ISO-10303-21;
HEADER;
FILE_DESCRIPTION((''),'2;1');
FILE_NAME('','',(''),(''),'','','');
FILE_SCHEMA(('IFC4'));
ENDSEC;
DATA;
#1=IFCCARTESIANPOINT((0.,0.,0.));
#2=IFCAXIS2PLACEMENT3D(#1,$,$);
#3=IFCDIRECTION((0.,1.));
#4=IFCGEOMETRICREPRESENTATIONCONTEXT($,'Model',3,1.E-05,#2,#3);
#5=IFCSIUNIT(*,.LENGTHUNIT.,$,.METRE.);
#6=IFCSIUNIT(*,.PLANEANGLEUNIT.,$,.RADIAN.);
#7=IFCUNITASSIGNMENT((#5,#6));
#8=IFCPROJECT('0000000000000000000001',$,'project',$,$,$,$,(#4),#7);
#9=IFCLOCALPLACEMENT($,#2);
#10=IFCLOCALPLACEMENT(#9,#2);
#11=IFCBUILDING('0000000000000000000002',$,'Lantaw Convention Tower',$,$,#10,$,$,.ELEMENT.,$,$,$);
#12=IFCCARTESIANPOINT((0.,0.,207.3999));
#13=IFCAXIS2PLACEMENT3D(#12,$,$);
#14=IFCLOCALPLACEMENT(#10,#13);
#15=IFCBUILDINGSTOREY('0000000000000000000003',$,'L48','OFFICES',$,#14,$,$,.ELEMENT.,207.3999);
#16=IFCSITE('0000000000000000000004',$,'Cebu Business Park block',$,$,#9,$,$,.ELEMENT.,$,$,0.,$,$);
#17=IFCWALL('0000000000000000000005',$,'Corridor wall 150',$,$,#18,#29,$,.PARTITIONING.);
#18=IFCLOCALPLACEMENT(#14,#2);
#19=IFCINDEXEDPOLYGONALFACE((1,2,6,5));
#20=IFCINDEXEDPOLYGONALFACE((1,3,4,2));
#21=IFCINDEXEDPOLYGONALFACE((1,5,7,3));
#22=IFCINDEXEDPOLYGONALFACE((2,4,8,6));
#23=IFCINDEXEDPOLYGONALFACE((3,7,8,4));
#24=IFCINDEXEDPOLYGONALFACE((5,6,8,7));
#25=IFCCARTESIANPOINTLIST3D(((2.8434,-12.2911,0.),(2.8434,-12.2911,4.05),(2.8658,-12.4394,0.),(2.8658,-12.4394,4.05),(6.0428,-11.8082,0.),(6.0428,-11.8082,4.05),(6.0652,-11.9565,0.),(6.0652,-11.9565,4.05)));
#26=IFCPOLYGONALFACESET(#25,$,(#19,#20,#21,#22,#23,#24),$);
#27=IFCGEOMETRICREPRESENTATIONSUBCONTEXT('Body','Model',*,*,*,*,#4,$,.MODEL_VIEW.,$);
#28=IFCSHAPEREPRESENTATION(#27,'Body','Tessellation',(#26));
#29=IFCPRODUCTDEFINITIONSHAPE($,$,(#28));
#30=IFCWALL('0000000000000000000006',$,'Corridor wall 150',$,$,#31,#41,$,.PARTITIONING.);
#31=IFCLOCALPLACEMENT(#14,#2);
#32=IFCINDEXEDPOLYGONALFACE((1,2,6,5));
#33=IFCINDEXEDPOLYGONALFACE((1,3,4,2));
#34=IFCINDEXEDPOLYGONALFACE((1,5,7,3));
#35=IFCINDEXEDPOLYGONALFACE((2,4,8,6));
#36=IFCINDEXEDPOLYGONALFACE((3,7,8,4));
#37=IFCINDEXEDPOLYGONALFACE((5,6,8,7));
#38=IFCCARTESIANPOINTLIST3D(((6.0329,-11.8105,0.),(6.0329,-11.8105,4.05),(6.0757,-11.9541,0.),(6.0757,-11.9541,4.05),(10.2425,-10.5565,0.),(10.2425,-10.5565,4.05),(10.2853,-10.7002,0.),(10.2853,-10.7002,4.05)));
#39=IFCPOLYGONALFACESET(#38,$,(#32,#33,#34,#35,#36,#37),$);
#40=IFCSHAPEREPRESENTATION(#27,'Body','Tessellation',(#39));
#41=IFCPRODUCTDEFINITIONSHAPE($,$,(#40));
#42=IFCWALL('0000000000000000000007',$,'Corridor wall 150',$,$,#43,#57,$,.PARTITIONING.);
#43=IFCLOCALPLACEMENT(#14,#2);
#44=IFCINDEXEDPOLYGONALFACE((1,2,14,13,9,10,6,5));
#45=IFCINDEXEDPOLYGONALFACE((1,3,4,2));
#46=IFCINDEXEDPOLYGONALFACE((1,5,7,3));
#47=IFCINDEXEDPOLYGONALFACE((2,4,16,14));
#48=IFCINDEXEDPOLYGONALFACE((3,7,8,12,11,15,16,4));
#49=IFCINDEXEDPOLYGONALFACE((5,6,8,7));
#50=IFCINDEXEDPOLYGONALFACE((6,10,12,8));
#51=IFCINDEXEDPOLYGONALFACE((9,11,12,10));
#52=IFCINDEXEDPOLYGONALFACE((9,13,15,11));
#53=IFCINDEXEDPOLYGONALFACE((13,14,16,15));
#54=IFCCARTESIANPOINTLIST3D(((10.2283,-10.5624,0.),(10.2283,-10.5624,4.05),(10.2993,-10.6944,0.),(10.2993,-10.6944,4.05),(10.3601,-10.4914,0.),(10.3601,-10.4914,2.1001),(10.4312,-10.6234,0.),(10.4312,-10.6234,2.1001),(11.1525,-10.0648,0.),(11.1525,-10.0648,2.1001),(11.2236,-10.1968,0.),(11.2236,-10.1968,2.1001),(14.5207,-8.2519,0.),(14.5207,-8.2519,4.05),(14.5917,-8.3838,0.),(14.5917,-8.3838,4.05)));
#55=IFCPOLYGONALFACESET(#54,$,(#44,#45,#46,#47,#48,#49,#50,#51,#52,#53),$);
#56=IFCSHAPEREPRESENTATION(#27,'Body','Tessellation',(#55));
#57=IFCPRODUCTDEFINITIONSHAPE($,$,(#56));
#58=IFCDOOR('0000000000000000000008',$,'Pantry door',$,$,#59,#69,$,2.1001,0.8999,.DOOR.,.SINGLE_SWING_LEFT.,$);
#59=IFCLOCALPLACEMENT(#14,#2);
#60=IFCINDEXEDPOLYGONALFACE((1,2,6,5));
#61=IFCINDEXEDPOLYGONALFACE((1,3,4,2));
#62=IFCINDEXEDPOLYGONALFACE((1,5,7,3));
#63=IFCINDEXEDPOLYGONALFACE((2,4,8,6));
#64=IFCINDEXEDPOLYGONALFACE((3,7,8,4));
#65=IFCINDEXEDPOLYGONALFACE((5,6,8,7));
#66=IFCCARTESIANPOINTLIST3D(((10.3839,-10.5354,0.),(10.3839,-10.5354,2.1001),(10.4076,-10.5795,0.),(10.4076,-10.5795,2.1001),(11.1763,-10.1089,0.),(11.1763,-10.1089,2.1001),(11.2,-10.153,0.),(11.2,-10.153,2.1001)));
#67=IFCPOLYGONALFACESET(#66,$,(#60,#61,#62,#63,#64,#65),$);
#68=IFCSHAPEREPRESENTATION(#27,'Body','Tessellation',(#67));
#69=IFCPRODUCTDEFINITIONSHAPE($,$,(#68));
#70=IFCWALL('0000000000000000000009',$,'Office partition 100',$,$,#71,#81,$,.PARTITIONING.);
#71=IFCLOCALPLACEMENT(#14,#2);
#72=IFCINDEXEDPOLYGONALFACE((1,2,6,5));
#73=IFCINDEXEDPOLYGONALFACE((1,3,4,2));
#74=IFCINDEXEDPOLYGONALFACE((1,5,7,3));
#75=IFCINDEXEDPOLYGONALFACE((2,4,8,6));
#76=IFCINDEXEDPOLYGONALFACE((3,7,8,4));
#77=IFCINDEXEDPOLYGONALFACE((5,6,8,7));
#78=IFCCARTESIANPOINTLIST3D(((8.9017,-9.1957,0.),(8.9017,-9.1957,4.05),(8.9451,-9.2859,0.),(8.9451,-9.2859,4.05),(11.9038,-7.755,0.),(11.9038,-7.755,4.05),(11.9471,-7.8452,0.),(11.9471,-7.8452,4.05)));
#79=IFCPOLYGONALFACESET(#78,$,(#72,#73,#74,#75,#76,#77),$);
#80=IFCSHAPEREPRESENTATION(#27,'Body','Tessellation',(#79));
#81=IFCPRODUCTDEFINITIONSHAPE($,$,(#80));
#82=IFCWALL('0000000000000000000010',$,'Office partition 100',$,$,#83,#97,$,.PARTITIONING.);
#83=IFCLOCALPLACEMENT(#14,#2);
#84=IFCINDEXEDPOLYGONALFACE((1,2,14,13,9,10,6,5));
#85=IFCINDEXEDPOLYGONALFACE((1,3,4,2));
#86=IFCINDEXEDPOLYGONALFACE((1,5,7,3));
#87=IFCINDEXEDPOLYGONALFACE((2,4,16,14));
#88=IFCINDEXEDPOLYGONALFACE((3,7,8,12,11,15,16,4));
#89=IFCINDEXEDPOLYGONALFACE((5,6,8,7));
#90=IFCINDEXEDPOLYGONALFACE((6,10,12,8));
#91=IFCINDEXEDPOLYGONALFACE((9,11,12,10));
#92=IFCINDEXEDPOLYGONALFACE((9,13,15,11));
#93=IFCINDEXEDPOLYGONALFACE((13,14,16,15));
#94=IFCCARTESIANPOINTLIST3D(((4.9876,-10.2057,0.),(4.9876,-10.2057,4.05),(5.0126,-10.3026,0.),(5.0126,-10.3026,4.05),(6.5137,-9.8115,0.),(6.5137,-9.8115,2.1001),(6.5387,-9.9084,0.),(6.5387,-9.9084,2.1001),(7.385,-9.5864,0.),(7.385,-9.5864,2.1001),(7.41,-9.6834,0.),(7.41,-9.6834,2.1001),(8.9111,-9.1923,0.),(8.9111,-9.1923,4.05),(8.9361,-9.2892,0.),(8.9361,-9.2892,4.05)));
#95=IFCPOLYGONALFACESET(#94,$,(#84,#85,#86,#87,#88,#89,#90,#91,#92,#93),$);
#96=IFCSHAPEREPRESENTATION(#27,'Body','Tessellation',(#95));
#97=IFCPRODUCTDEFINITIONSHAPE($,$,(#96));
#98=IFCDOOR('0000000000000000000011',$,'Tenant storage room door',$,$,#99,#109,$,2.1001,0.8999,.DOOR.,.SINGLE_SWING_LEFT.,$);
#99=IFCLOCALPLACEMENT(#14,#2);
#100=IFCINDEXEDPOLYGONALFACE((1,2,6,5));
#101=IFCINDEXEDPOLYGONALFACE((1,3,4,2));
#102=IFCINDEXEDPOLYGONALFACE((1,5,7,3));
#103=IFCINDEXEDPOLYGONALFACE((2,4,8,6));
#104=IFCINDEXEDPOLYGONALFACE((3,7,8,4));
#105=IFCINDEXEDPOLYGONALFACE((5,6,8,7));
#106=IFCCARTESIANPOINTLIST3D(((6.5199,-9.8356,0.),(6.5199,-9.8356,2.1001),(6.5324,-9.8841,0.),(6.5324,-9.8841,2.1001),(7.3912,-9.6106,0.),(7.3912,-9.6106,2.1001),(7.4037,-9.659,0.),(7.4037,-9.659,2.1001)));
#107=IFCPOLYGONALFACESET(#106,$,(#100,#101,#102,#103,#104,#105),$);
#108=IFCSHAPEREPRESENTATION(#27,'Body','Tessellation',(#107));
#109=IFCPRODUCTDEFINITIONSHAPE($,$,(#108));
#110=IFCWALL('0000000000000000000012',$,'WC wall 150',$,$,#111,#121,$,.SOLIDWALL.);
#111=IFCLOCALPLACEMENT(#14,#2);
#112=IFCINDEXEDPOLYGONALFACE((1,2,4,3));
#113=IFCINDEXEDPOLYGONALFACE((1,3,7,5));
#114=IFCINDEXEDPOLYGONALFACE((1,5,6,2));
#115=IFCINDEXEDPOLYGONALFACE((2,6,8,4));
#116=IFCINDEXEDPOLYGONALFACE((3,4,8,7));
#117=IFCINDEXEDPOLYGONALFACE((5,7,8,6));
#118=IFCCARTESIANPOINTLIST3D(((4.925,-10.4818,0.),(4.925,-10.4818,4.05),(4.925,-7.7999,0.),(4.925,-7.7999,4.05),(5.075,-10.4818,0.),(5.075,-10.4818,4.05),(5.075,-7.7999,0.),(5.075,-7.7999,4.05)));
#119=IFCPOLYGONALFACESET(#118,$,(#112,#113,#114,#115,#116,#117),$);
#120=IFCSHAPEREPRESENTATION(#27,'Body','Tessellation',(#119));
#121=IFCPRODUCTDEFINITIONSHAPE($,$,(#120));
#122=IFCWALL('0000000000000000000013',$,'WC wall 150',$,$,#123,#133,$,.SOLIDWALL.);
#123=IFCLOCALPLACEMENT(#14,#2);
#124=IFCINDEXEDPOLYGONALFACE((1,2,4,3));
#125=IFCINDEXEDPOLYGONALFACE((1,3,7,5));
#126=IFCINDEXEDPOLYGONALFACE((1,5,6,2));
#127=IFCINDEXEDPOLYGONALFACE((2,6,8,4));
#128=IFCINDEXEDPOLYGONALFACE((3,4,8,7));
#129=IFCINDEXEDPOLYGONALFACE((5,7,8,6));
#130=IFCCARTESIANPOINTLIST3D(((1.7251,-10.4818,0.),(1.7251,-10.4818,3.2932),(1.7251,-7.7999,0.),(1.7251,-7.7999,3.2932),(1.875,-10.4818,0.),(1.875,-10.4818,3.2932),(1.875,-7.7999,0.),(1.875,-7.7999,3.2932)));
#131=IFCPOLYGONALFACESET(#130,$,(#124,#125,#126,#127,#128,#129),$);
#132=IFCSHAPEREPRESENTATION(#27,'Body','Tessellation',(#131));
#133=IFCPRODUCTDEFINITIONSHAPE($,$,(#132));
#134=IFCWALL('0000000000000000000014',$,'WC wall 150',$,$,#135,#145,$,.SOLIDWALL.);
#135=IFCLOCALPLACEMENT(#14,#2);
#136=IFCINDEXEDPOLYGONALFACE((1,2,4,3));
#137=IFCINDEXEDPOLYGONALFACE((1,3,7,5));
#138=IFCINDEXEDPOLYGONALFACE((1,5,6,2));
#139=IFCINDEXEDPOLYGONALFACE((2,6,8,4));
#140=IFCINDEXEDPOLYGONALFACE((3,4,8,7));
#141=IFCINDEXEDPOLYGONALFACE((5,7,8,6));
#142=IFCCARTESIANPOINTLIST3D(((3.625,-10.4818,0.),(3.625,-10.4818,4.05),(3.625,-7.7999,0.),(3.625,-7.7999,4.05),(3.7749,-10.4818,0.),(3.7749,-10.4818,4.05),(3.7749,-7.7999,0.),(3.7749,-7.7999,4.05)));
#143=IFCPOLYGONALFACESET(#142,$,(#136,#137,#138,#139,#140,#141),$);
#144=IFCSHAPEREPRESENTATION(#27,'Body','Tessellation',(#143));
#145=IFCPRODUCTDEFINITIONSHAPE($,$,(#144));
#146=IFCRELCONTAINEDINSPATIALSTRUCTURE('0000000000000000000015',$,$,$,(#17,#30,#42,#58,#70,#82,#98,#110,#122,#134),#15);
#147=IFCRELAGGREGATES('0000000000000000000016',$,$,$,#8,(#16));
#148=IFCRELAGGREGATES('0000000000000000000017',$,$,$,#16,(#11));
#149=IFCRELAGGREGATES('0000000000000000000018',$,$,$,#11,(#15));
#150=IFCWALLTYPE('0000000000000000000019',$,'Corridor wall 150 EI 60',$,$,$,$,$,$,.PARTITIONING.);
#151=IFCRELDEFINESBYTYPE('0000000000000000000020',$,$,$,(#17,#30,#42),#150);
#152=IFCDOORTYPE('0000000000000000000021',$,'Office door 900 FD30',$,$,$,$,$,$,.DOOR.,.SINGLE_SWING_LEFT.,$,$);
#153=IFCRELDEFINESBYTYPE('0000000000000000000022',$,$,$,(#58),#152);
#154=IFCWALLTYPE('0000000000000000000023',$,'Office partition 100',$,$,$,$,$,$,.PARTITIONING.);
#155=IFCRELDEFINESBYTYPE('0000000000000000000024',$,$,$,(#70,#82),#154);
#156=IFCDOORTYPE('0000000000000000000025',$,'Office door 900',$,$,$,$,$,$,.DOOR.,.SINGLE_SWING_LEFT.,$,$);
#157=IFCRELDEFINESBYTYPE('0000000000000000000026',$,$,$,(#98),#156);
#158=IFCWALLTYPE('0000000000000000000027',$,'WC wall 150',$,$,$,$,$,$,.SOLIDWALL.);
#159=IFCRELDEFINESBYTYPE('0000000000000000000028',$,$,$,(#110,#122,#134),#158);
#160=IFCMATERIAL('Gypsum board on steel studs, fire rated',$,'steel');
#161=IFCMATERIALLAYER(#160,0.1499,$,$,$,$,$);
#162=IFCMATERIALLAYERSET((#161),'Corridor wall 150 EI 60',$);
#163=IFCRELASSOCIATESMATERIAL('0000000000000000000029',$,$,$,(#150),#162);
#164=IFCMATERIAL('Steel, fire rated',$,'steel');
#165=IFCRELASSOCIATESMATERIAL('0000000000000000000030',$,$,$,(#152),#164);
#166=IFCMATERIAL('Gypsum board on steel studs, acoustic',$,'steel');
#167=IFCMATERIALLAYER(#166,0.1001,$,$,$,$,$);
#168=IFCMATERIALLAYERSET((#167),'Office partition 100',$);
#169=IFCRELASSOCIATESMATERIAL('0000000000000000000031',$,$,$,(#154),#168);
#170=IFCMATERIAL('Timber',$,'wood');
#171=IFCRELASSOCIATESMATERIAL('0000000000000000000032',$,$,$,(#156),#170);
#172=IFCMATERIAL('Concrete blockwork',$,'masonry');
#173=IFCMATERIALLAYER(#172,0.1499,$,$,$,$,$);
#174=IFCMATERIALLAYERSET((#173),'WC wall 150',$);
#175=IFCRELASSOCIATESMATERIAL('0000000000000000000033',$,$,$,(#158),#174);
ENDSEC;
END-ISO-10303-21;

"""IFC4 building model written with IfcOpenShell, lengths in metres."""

from ifc_helpers import new_model, si_unit, direction, frame, frame_2d, origin, place, context, subcontext, project, spatial, rectangle, extrude, material, layer, layer_set, type_object, element, fill, save


model = new_model("IFC4")

# Units and contexts
model_context = context("Model", 3, precision=1e-05, world=origin(), true_north=direction((0.0, 1.0)))
body_context = subcontext(model_context, "Body", "Model", "MODEL_VIEW")
ifc_project = project(units=[si_unit("LENGTHUNIT", "METRE"), si_unit("PLANEANGLEUNIT", "RADIAN")], contexts=[model_context])

# Site, building, storey
site_placement = place(None, origin())
site = spatial("IfcSite", under=ifc_project, at=site_placement, Name="Cebu Business Park block", CompositionType="ELEMENT", RefElevation=0.0)
building_placement = place(site_placement, origin())
building = spatial("IfcBuilding", under=site, at=building_placement, Name="Lantaw Convention Tower", CompositionType="ELEMENT")
storey_placement = place(building_placement, frame((0.0, 0.0, 207.3999)))
storey = spatial("IfcBuildingStorey", under=building, at=storey_placement, Name="L48", Description="OFFICES", CompositionType="ELEMENT", Elevation=207.3999)

# Shared definitions
ifc_material_1 = material(Name="Steel, fire rated", Category="steel")

# Walls
ifc_material_2 = material(Name="Gypsum board on steel studs, fire rated", Category="steel")
ifc_layer_1 = layer(ifc_material_2, 0.1499)
ifc_layer_set_1 = layer_set([ifc_layer_1], Name="Corridor wall 150 EI 60")
wall_type_1 = type_object("IfcWallType", Name="Corridor wall 150 EI 60", PredefinedType="PARTITIONING", material=ifc_layer_set_1)
wall_1_placement = place(storey_placement, frame((2.8547, -12.3652, 0.0), z_axis=(0.0, 0.0, 1.0), x_axis=(0.9888, 0.149244, 0.0)))
element("IfcWall", 1, at=wall_1_placement, inside=storey, type_object=wall_type_1, Name="Corridor wall 150", PredefinedType="PARTITIONING", context=body_context, shape_type="SweptSolid", body=[
    extrude(rectangle(XDim=3.2356, YDim=0.1499, at=frame_2d((1.6177, 0.0))), origin(), (0.0, 0.0, 1.0), 4.05),
])
wall_2_placement = place(storey_placement, frame((6.0542, -11.8823, 0.0), z_axis=(0.0, 0.0, 1.0), x_axis=(0.958384, 0.285481, 0.0)))
element("IfcWall", 2, at=wall_2_placement, inside=storey, type_object=wall_type_1, Name="Corridor wall 150", PredefinedType="PARTITIONING", context=body_context, shape_type="SweptSolid", body=[
    extrude(rectangle(XDim=4.3923, YDim=0.1499, at=frame_2d((2.1963, 0.0))), origin(), (0.0, 0.0, 1.0), 4.05),
])

# Wall, opening, door
wall_3_placement = place(storey_placement, frame((10.2637, -10.6284, 0.0), z_axis=(0.0, 0.0, 1.0), x_axis=(0.880539, 0.473974, 0.0)))
wall_3 = element("IfcWall", 3, at=wall_3_placement, inside=storey, type_object=wall_type_1, Name="Corridor wall 150", PredefinedType="PARTITIONING", context=body_context, shape_type="SweptSolid", body=[
    extrude(rectangle(XDim=4.8748, YDim=0.1499, at=frame_2d((2.4375, 0.0))), origin(), (0.0, 0.0, 1.0), 4.05),
])
opening_1_placement = place(wall_3_placement, frame((0.1499, 0.0, 0.0)))
opening_1 = element("IfcOpeningElement", 4, at=opening_1_placement, cuts=wall_3, PredefinedType="OPENING", context=body_context, shape_type="SweptSolid", body=[
    extrude(rectangle(XDim=0.8999, YDim=2.1001, at=frame_2d((0.45, 1.05))), frame((0.0, 0.085, 0.0), z_axis=(0.0, -1.0, 0.0), x_axis=(1.0, 0.0, 0.0)), (0.0, 0.0, 1.0), 0.1699),
])
door_type_1 = type_object("IfcDoorType", Name="Office door 900 FD30", OperationType="SINGLE_SWING_LEFT", PredefinedType="DOOR", material=ifc_material_1)
door_1_placement = place(opening_1_placement, origin())
door_1 = element("IfcDoor", 5, at=door_1_placement, inside=storey, type_object=door_type_1, Name="Pantry door", OperationType="SINGLE_SWING_LEFT", OverallHeight=2.1001, OverallWidth=0.8999, PredefinedType="DOOR", context=body_context, shape_type="SweptSolid", body=[
    extrude(rectangle(XDim=0.8999, YDim=2.1001, at=frame_2d((0.45, 1.05))), frame((0.0, 0.0249, 0.0), z_axis=(0.0, -1.0, 0.0), x_axis=(1.0, 0.0, 0.0)), (0.0, 0.0, 1.0), 0.05),
])
fill(opening_1, door_1)

# Wall
ifc_material_3 = material(Name="Gypsum board on steel studs, acoustic", Category="steel")
ifc_layer_2 = layer(ifc_material_3, 0.1001)
ifc_layer_set_2 = layer_set([ifc_layer_2], Name="Office partition 100")
wall_type_2 = type_object("IfcWallType", Name="Office partition 100", PredefinedType="PARTITIONING", material=ifc_layer_set_2)
wall_4_placement = place(storey_placement, frame((11.9255, -7.8, 0.0), z_axis=(0.0, 0.0, 1.0), x_axis=(-0.901554, -0.432667, 0.0)))
element("IfcWall", 6, at=wall_4_placement, inside=storey, type_object=wall_type_2, Name="Office partition 100", PredefinedType="PARTITIONING", context=body_context, shape_type="SweptSolid", body=[
    extrude(rectangle(XDim=3.3298, YDim=0.1001, at=frame_2d((1.665, 0.0))), origin(), (0.0, 0.0, 1.0), 4.05),
])

# Wall, opening, door
wall_5_placement = place(storey_placement, frame((8.9236, -9.2407, 0.0), z_axis=(0.0, 0.0, 1.0), x_axis=(-0.968224, -0.250084, 0.0)))
wall_5 = element("IfcWall", 7, at=wall_5_placement, inside=storey, type_object=wall_type_2, Name="Office partition 100", PredefinedType="PARTITIONING", context=body_context, shape_type="SweptSolid", body=[
    extrude(rectangle(XDim=4.0522, YDim=0.1001, at=frame_2d((2.0261, 0.0))), origin(), (0.0, 0.0, 1.0), 4.05),
])
opening_2_placement = place(wall_5_placement, frame((1.5762, 0.0, 0.0)))
opening_2 = element("IfcOpeningElement", 8, at=opening_2_placement, cuts=wall_5, PredefinedType="OPENING", context=body_context, shape_type="SweptSolid", body=[
    extrude(rectangle(XDim=0.8999, YDim=2.1001, at=frame_2d((0.45, 1.05))), frame((0.0, 0.0601, 0.0), z_axis=(0.0, -1.0, 0.0), x_axis=(1.0, 0.0, 0.0)), (0.0, 0.0, 1.0), 0.1201),
])
ifc_material_4 = material(Name="Timber", Category="wood")
door_type_2 = type_object("IfcDoorType", Name="Office door 900", OperationType="SINGLE_SWING_LEFT", PredefinedType="DOOR", material=ifc_material_4)
door_2_placement = place(opening_2_placement, origin())
door_2 = element("IfcDoor", 9, at=door_2_placement, inside=storey, type_object=door_type_2, Name="Tenant storage room door", OperationType="SINGLE_SWING_LEFT", OverallHeight=2.1001, OverallWidth=0.8999, PredefinedType="DOOR", context=body_context, shape_type="SweptSolid", body=[
    extrude(rectangle(XDim=0.8999, YDim=2.1001, at=frame_2d((0.45, 1.05))), frame((0.0, 0.0249, 0.0), z_axis=(0.0, -1.0, 0.0), x_axis=(1.0, 0.0, 0.0)), (0.0, 0.0, 1.0), 0.05),
])
fill(opening_2, door_2)

# Walls
ifc_material_5 = material(Name="Concrete blockwork", Category="masonry")
ifc_layer_3 = layer(ifc_material_5, 0.1499)
ifc_layer_set_3 = layer_set([ifc_layer_3], Name="WC wall 150")
wall_type_3 = type_object("IfcWallType", Name="WC wall 150", PredefinedType="SOLIDWALL", material=ifc_layer_set_3)
wall_6_placement = place(storey_placement, frame((5.0, -7.8, 0.0), z_axis=(0.0, 0.0, 1.0), x_axis=(0.0, -1.0, 0.0)))
element("IfcWall", 10, at=wall_6_placement, inside=storey, type_object=wall_type_3, Name="WC wall 150", PredefinedType="SOLIDWALL", context=body_context, shape_type="SweptSolid", body=[
    extrude(rectangle(XDim=2.6819, YDim=0.1499, at=frame_2d((1.3408, 0.0))), origin(), (0.0, 0.0, 1.0), 4.05),
])
wall_7_placement = place(storey_placement, frame((1.8, -7.8, 0.0), z_axis=(0.0, 0.0, 1.0), x_axis=(0.0, -1.0, 0.0)))
element("IfcWall", 11, at=wall_7_placement, inside=storey, type_object=wall_type_3, Name="WC wall 150", PredefinedType="SOLIDWALL", context=body_context, shape_type="SweptSolid", body=[
    extrude(rectangle(XDim=2.6819, YDim=0.1499, at=frame_2d((1.3408, 0.0))), origin(), (0.0, 0.0, 1.0), 3.2932),
])
wall_8_placement = place(storey_placement, frame((3.7, -7.8, 0.0), z_axis=(0.0, 0.0, 1.0), x_axis=(0.0, -1.0, 0.0)))
element("IfcWall", 12, at=wall_8_placement, inside=storey, type_object=wall_type_3, Name="WC wall 150", PredefinedType="SOLIDWALL", context=body_context, shape_type="SweptSolid", body=[
    extrude(rectangle(XDim=2.6819, YDim=0.1499, at=frame_2d((1.3408, 0.0))), origin(), (0.0, 0.0, 1.0), 4.05),
])

save(model, "model.ifc")
